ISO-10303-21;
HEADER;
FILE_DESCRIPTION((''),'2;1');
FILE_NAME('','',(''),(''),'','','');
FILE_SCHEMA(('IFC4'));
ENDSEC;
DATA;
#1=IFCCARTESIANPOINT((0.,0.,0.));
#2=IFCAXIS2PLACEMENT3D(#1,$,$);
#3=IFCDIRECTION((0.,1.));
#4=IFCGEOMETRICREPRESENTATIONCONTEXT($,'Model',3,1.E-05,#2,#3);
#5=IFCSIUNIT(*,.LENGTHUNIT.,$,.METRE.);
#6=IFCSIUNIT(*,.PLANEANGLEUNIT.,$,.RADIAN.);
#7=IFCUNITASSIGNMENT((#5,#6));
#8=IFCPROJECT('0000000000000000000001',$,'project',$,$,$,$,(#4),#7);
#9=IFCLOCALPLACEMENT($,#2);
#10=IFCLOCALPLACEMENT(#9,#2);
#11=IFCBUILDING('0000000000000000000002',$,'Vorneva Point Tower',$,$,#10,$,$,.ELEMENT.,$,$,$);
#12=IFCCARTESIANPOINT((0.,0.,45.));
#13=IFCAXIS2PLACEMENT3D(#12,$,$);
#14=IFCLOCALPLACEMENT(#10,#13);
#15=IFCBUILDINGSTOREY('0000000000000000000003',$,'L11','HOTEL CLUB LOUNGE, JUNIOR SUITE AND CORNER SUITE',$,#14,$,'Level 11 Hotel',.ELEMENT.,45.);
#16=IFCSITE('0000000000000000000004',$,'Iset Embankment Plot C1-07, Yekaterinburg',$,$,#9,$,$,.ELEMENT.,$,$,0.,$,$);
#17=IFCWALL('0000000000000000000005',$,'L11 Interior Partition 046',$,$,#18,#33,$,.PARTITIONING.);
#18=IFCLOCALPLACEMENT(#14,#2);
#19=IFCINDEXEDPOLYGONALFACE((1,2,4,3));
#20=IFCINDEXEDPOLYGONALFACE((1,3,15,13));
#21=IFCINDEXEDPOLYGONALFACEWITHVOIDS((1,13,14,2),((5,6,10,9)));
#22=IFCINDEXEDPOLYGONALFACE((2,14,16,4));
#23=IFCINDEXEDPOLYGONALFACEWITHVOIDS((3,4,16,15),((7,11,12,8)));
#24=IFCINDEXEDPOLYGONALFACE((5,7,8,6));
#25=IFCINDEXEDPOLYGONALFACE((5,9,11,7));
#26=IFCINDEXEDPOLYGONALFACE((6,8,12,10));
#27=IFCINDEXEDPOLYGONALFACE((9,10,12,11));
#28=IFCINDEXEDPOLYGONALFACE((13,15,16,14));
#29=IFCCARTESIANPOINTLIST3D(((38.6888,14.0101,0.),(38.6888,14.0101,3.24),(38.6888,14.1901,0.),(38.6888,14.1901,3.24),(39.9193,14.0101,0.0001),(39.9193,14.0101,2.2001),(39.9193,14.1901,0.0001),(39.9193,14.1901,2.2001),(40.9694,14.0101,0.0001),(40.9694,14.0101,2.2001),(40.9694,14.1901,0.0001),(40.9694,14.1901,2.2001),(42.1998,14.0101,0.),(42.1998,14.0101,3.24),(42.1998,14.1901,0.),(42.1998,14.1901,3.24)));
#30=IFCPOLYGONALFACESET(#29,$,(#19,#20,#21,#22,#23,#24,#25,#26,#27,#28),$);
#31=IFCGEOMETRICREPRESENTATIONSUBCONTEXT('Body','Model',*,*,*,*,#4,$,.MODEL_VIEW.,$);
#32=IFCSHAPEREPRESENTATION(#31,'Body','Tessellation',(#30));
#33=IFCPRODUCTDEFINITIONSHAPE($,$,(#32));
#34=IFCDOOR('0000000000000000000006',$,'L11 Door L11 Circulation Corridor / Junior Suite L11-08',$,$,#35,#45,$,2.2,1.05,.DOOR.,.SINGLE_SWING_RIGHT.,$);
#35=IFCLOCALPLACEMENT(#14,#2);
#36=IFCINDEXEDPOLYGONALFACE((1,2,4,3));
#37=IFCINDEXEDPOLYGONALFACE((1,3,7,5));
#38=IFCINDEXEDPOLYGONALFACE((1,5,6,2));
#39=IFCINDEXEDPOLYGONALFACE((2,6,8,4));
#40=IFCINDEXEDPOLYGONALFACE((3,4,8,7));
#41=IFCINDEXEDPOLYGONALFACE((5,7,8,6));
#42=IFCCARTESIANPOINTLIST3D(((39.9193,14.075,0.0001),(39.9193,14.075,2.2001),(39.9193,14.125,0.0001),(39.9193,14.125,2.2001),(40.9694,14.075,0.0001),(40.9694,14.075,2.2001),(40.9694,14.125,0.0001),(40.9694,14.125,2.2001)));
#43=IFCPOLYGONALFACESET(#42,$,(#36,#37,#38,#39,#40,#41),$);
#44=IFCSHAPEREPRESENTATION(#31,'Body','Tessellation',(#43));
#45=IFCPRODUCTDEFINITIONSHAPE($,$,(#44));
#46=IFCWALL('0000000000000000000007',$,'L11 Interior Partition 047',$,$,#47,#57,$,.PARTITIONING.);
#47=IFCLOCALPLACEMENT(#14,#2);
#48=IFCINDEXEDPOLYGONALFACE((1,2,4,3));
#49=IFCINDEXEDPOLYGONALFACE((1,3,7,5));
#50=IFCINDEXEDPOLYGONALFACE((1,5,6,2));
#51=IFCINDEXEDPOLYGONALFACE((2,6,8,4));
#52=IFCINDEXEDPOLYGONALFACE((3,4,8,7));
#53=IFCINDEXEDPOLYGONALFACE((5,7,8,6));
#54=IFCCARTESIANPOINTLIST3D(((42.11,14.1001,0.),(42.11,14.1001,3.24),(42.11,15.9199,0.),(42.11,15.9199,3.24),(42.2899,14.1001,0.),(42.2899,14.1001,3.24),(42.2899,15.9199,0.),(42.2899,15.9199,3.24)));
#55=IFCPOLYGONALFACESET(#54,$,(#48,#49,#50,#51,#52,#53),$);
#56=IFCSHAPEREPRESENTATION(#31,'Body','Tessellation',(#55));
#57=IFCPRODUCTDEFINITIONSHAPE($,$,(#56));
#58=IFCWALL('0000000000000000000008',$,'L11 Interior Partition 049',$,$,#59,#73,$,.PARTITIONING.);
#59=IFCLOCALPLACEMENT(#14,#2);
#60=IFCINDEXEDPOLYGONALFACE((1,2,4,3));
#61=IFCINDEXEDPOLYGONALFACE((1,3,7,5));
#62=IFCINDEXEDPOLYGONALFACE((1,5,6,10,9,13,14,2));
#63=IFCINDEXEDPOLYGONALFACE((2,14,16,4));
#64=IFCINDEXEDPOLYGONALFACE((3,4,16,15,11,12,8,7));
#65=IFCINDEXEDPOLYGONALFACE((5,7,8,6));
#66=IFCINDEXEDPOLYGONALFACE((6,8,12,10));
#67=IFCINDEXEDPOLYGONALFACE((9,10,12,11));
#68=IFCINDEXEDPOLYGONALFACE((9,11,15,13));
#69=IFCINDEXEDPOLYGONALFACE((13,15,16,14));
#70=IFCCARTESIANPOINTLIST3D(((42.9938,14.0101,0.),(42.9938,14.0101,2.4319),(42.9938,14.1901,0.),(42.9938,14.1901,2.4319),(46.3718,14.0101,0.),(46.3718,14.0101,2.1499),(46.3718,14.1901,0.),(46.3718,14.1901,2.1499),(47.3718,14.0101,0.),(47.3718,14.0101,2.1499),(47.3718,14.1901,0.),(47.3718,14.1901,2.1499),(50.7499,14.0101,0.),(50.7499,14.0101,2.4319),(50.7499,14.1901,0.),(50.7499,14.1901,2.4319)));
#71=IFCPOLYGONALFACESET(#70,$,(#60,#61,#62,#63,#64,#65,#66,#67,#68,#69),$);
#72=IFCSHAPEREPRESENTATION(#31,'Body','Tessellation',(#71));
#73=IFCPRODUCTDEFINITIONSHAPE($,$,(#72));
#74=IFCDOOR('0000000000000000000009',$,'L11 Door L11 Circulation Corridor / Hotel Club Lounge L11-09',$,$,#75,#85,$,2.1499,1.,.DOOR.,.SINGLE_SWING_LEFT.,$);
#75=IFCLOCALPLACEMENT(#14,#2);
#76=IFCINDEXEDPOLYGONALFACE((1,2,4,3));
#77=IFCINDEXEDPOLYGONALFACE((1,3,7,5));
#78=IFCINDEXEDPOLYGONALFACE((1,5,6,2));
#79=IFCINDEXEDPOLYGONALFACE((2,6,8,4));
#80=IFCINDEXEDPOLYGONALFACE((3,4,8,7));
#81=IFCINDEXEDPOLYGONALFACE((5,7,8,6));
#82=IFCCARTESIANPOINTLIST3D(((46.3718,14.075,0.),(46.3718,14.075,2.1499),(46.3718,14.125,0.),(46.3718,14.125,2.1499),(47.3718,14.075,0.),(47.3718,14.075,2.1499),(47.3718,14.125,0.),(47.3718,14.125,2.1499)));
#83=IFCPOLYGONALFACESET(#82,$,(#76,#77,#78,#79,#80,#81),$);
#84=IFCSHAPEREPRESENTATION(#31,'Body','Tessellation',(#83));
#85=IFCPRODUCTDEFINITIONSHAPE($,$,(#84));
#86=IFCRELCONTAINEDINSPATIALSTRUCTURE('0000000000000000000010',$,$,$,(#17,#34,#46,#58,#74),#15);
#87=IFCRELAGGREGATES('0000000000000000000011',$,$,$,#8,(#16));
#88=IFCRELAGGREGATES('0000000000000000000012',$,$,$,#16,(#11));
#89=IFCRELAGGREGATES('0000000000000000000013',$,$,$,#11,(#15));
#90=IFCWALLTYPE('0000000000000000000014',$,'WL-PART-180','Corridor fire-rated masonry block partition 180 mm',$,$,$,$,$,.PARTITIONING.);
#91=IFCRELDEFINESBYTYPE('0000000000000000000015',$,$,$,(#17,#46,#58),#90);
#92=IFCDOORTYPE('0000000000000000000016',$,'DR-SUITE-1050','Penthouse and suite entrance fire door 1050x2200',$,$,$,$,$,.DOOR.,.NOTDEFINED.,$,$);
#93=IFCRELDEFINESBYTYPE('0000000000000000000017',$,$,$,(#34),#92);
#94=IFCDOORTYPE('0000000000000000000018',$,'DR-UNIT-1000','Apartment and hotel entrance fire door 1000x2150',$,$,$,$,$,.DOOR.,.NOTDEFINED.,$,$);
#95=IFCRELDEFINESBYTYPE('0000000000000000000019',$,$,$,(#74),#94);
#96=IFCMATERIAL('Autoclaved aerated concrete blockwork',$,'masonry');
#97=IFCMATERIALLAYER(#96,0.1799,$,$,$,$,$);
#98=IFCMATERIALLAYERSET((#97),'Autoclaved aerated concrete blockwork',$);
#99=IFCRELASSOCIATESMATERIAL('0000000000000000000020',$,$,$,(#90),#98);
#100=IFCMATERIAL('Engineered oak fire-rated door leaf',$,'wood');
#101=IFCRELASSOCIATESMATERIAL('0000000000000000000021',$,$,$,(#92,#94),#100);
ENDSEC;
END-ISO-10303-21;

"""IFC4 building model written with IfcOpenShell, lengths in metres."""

from ifc_helpers import new_model, si_unit, direction, frame, frame_2d, origin, place, context, subcontext, project, spatial, rectangle, extrude, material, layer, layer_set, type_object, element, fill, save


model = new_model("IFC4")

# Units and contexts
model_context = context("Model", 3, precision=1e-05, world=origin(), true_north=direction((0.0, 1.0)))
body_context = subcontext(model_context, "Body", "Model", "MODEL_VIEW")
ifc_project = project(units=[si_unit("LENGTHUNIT", "METRE"), si_unit("PLANEANGLEUNIT", "RADIAN")], contexts=[model_context])

# Site, building, storey
site_placement = place(None, origin())
site = spatial("IfcSite", under=ifc_project, at=site_placement, Name="Iset Embankment Plot C1-07, Yekaterinburg", CompositionType="ELEMENT", RefElevation=0.0)
building_placement = place(site_placement, origin())
building = spatial("IfcBuilding", under=site, at=building_placement, Name="Vorneva Point Tower", CompositionType="ELEMENT")
storey_placement = place(building_placement, frame((0.0, 0.0, 45.0)))
storey = spatial("IfcBuildingStorey", under=building, at=storey_placement, Name="L11", Description="HOTEL CLUB LOUNGE, JUNIOR SUITE AND CORNER SUITE", LongName="Level 11 Hotel", CompositionType="ELEMENT", Elevation=45.0)

# Shared definitions
ifc_material_1 = material(Name="Engineered oak fire-rated door leaf", Category="wood")

# Shared definitions
ifc_material_2 = material(Name="Autoclaved aerated concrete blockwork", Category="masonry")
ifc_layer_1 = layer(ifc_material_2, 0.1799)
ifc_layer_set_1 = layer_set([ifc_layer_1], Name="Autoclaved aerated concrete blockwork")
wall_type_1 = type_object("IfcWallType", Name="WL-PART-180", Description="Corridor fire-rated masonry block partition 180 mm", PredefinedType="PARTITIONING", material=ifc_layer_set_1)

# Wall, opening, door
wall_1_placement = place(storey_placement, frame((38.689, 14.1001, 0.0), z_axis=(0.0, 0.0, 1.0), x_axis=(1.0, 0.0, 0.0)))
wall_1 = element("IfcWall", 1, at=wall_1_placement, inside=storey, type_object=wall_type_1, Name="L11 Interior Partition 046", PredefinedType="PARTITIONING", context=body_context, shape_type="SweptSolid", body=[
    extrude(rectangle(XDim=3.511, YDim=0.1799, at=frame_2d((1.7554, 0.0))), origin(), (0.0, 0.0, 1.0), 3.24),
])
opening_1_placement = place(wall_1_placement, frame((1.2305, 0.0, 0.0)))
opening_1 = element("IfcOpeningElement", 2, at=opening_1_placement, cuts=wall_1, PredefinedType="OPENING", context=body_context, shape_type="SweptSolid", body=[
    extrude(rectangle(XDim=1.05, YDim=2.2, at=frame_2d((0.5249, 1.1001))), frame((0.0, 0.105, 0.0), z_axis=(0.0, -1.0, 0.0), x_axis=(1.0, 0.0, 0.0)), (0.0, 0.0, 1.0), 0.2097),
])
door_type_1 = type_object("IfcDoorType", Name="DR-SUITE-1050", Description="Penthouse and suite entrance fire door 1050x2200", OperationType="NOTDEFINED", PredefinedType="DOOR", material=ifc_material_1)
door_1_placement = place(opening_1_placement, origin())
door_1 = element("IfcDoor", 3, at=door_1_placement, inside=storey, type_object=door_type_1, Name="L11 Door L11 Circulation Corridor / Junior Suite L11-08", OperationType="SINGLE_SWING_RIGHT", OverallHeight=2.2, OverallWidth=1.05, PredefinedType="DOOR", context=body_context, shape_type="SweptSolid", body=[
    extrude(rectangle(XDim=1.05, YDim=2.2, at=frame_2d((0.5249, 1.1001))), frame((0.0, 0.0249, 0.0), z_axis=(0.0, -1.0, 0.0), x_axis=(1.0, 0.0, 0.0)), (0.0, 0.0, 1.0), 0.05),
])
fill(opening_1, door_1)

# Wall
wall_2_placement = place(storey_placement, frame((42.2, 14.1001, 0.0), z_axis=(0.0, 0.0, 1.0), x_axis=(0.0, 1.0, 0.0)))
element("IfcWall", 4, at=wall_2_placement, inside=storey, type_object=wall_type_1, Name="L11 Interior Partition 047", PredefinedType="PARTITIONING", context=body_context, shape_type="SweptSolid", body=[
    extrude(rectangle(XDim=1.8198, YDim=0.1799, at=frame_2d((0.9099, 0.0))), origin(), (0.0, 0.0, 1.0), 3.24),
])

# Wall, opening, door
wall_3_placement = place(storey_placement, frame((42.9939, 14.1001, 0.0), z_axis=(0.0, 0.0, 1.0), x_axis=(1.0, 0.0, 0.0)))
wall_3 = element("IfcWall", 5, at=wall_3_placement, inside=storey, type_object=wall_type_1, Name="L11 Interior Partition 049", PredefinedType="PARTITIONING", context=body_context, shape_type="SweptSolid", body=[
    extrude(rectangle(XDim=7.7561, YDim=0.1799, at=frame_2d((3.8779, 0.0))), origin(), (0.0, 0.0, 1.0), 2.4319),
])
opening_2_placement = place(wall_3_placement, frame((3.3779, 0.0, 0.0)))
opening_2 = element("IfcOpeningElement", 6, at=opening_2_placement, cuts=wall_3, PredefinedType="OPENING", context=body_context, shape_type="SweptSolid", body=[
    extrude(rectangle(XDim=1.0, YDim=2.1499, at=frame_2d((0.5, 1.075))), frame((0.0, 0.105, 0.0), z_axis=(0.0, -1.0, 0.0), x_axis=(1.0, 0.0, 0.0)), (0.0, 0.0, 1.0), 0.2097),
])
door_type_2 = type_object("IfcDoorType", Name="DR-UNIT-1000", Description="Apartment and hotel entrance fire door 1000x2150", OperationType="NOTDEFINED", PredefinedType="DOOR", material=ifc_material_1)
door_2_placement = place(opening_2_placement, origin())
door_2 = element("IfcDoor", 7, at=door_2_placement, inside=storey, type_object=door_type_2, Name="L11 Door L11 Circulation Corridor / Hotel Club Lounge L11-09", OperationType="SINGLE_SWING_LEFT", OverallHeight=2.1499, OverallWidth=1.0, PredefinedType="DOOR", context=body_context, shape_type="SweptSolid", body=[
    extrude(rectangle(XDim=1.0, YDim=2.1499, at=frame_2d((0.5, 1.075))), frame((0.0, 0.0249, 0.0), z_axis=(0.0, -1.0, 0.0), x_axis=(1.0, 0.0, 0.0)), (0.0, 0.0, 1.0), 0.05),
])
fill(opening_2, door_2)

save(model, "model.ifc")
